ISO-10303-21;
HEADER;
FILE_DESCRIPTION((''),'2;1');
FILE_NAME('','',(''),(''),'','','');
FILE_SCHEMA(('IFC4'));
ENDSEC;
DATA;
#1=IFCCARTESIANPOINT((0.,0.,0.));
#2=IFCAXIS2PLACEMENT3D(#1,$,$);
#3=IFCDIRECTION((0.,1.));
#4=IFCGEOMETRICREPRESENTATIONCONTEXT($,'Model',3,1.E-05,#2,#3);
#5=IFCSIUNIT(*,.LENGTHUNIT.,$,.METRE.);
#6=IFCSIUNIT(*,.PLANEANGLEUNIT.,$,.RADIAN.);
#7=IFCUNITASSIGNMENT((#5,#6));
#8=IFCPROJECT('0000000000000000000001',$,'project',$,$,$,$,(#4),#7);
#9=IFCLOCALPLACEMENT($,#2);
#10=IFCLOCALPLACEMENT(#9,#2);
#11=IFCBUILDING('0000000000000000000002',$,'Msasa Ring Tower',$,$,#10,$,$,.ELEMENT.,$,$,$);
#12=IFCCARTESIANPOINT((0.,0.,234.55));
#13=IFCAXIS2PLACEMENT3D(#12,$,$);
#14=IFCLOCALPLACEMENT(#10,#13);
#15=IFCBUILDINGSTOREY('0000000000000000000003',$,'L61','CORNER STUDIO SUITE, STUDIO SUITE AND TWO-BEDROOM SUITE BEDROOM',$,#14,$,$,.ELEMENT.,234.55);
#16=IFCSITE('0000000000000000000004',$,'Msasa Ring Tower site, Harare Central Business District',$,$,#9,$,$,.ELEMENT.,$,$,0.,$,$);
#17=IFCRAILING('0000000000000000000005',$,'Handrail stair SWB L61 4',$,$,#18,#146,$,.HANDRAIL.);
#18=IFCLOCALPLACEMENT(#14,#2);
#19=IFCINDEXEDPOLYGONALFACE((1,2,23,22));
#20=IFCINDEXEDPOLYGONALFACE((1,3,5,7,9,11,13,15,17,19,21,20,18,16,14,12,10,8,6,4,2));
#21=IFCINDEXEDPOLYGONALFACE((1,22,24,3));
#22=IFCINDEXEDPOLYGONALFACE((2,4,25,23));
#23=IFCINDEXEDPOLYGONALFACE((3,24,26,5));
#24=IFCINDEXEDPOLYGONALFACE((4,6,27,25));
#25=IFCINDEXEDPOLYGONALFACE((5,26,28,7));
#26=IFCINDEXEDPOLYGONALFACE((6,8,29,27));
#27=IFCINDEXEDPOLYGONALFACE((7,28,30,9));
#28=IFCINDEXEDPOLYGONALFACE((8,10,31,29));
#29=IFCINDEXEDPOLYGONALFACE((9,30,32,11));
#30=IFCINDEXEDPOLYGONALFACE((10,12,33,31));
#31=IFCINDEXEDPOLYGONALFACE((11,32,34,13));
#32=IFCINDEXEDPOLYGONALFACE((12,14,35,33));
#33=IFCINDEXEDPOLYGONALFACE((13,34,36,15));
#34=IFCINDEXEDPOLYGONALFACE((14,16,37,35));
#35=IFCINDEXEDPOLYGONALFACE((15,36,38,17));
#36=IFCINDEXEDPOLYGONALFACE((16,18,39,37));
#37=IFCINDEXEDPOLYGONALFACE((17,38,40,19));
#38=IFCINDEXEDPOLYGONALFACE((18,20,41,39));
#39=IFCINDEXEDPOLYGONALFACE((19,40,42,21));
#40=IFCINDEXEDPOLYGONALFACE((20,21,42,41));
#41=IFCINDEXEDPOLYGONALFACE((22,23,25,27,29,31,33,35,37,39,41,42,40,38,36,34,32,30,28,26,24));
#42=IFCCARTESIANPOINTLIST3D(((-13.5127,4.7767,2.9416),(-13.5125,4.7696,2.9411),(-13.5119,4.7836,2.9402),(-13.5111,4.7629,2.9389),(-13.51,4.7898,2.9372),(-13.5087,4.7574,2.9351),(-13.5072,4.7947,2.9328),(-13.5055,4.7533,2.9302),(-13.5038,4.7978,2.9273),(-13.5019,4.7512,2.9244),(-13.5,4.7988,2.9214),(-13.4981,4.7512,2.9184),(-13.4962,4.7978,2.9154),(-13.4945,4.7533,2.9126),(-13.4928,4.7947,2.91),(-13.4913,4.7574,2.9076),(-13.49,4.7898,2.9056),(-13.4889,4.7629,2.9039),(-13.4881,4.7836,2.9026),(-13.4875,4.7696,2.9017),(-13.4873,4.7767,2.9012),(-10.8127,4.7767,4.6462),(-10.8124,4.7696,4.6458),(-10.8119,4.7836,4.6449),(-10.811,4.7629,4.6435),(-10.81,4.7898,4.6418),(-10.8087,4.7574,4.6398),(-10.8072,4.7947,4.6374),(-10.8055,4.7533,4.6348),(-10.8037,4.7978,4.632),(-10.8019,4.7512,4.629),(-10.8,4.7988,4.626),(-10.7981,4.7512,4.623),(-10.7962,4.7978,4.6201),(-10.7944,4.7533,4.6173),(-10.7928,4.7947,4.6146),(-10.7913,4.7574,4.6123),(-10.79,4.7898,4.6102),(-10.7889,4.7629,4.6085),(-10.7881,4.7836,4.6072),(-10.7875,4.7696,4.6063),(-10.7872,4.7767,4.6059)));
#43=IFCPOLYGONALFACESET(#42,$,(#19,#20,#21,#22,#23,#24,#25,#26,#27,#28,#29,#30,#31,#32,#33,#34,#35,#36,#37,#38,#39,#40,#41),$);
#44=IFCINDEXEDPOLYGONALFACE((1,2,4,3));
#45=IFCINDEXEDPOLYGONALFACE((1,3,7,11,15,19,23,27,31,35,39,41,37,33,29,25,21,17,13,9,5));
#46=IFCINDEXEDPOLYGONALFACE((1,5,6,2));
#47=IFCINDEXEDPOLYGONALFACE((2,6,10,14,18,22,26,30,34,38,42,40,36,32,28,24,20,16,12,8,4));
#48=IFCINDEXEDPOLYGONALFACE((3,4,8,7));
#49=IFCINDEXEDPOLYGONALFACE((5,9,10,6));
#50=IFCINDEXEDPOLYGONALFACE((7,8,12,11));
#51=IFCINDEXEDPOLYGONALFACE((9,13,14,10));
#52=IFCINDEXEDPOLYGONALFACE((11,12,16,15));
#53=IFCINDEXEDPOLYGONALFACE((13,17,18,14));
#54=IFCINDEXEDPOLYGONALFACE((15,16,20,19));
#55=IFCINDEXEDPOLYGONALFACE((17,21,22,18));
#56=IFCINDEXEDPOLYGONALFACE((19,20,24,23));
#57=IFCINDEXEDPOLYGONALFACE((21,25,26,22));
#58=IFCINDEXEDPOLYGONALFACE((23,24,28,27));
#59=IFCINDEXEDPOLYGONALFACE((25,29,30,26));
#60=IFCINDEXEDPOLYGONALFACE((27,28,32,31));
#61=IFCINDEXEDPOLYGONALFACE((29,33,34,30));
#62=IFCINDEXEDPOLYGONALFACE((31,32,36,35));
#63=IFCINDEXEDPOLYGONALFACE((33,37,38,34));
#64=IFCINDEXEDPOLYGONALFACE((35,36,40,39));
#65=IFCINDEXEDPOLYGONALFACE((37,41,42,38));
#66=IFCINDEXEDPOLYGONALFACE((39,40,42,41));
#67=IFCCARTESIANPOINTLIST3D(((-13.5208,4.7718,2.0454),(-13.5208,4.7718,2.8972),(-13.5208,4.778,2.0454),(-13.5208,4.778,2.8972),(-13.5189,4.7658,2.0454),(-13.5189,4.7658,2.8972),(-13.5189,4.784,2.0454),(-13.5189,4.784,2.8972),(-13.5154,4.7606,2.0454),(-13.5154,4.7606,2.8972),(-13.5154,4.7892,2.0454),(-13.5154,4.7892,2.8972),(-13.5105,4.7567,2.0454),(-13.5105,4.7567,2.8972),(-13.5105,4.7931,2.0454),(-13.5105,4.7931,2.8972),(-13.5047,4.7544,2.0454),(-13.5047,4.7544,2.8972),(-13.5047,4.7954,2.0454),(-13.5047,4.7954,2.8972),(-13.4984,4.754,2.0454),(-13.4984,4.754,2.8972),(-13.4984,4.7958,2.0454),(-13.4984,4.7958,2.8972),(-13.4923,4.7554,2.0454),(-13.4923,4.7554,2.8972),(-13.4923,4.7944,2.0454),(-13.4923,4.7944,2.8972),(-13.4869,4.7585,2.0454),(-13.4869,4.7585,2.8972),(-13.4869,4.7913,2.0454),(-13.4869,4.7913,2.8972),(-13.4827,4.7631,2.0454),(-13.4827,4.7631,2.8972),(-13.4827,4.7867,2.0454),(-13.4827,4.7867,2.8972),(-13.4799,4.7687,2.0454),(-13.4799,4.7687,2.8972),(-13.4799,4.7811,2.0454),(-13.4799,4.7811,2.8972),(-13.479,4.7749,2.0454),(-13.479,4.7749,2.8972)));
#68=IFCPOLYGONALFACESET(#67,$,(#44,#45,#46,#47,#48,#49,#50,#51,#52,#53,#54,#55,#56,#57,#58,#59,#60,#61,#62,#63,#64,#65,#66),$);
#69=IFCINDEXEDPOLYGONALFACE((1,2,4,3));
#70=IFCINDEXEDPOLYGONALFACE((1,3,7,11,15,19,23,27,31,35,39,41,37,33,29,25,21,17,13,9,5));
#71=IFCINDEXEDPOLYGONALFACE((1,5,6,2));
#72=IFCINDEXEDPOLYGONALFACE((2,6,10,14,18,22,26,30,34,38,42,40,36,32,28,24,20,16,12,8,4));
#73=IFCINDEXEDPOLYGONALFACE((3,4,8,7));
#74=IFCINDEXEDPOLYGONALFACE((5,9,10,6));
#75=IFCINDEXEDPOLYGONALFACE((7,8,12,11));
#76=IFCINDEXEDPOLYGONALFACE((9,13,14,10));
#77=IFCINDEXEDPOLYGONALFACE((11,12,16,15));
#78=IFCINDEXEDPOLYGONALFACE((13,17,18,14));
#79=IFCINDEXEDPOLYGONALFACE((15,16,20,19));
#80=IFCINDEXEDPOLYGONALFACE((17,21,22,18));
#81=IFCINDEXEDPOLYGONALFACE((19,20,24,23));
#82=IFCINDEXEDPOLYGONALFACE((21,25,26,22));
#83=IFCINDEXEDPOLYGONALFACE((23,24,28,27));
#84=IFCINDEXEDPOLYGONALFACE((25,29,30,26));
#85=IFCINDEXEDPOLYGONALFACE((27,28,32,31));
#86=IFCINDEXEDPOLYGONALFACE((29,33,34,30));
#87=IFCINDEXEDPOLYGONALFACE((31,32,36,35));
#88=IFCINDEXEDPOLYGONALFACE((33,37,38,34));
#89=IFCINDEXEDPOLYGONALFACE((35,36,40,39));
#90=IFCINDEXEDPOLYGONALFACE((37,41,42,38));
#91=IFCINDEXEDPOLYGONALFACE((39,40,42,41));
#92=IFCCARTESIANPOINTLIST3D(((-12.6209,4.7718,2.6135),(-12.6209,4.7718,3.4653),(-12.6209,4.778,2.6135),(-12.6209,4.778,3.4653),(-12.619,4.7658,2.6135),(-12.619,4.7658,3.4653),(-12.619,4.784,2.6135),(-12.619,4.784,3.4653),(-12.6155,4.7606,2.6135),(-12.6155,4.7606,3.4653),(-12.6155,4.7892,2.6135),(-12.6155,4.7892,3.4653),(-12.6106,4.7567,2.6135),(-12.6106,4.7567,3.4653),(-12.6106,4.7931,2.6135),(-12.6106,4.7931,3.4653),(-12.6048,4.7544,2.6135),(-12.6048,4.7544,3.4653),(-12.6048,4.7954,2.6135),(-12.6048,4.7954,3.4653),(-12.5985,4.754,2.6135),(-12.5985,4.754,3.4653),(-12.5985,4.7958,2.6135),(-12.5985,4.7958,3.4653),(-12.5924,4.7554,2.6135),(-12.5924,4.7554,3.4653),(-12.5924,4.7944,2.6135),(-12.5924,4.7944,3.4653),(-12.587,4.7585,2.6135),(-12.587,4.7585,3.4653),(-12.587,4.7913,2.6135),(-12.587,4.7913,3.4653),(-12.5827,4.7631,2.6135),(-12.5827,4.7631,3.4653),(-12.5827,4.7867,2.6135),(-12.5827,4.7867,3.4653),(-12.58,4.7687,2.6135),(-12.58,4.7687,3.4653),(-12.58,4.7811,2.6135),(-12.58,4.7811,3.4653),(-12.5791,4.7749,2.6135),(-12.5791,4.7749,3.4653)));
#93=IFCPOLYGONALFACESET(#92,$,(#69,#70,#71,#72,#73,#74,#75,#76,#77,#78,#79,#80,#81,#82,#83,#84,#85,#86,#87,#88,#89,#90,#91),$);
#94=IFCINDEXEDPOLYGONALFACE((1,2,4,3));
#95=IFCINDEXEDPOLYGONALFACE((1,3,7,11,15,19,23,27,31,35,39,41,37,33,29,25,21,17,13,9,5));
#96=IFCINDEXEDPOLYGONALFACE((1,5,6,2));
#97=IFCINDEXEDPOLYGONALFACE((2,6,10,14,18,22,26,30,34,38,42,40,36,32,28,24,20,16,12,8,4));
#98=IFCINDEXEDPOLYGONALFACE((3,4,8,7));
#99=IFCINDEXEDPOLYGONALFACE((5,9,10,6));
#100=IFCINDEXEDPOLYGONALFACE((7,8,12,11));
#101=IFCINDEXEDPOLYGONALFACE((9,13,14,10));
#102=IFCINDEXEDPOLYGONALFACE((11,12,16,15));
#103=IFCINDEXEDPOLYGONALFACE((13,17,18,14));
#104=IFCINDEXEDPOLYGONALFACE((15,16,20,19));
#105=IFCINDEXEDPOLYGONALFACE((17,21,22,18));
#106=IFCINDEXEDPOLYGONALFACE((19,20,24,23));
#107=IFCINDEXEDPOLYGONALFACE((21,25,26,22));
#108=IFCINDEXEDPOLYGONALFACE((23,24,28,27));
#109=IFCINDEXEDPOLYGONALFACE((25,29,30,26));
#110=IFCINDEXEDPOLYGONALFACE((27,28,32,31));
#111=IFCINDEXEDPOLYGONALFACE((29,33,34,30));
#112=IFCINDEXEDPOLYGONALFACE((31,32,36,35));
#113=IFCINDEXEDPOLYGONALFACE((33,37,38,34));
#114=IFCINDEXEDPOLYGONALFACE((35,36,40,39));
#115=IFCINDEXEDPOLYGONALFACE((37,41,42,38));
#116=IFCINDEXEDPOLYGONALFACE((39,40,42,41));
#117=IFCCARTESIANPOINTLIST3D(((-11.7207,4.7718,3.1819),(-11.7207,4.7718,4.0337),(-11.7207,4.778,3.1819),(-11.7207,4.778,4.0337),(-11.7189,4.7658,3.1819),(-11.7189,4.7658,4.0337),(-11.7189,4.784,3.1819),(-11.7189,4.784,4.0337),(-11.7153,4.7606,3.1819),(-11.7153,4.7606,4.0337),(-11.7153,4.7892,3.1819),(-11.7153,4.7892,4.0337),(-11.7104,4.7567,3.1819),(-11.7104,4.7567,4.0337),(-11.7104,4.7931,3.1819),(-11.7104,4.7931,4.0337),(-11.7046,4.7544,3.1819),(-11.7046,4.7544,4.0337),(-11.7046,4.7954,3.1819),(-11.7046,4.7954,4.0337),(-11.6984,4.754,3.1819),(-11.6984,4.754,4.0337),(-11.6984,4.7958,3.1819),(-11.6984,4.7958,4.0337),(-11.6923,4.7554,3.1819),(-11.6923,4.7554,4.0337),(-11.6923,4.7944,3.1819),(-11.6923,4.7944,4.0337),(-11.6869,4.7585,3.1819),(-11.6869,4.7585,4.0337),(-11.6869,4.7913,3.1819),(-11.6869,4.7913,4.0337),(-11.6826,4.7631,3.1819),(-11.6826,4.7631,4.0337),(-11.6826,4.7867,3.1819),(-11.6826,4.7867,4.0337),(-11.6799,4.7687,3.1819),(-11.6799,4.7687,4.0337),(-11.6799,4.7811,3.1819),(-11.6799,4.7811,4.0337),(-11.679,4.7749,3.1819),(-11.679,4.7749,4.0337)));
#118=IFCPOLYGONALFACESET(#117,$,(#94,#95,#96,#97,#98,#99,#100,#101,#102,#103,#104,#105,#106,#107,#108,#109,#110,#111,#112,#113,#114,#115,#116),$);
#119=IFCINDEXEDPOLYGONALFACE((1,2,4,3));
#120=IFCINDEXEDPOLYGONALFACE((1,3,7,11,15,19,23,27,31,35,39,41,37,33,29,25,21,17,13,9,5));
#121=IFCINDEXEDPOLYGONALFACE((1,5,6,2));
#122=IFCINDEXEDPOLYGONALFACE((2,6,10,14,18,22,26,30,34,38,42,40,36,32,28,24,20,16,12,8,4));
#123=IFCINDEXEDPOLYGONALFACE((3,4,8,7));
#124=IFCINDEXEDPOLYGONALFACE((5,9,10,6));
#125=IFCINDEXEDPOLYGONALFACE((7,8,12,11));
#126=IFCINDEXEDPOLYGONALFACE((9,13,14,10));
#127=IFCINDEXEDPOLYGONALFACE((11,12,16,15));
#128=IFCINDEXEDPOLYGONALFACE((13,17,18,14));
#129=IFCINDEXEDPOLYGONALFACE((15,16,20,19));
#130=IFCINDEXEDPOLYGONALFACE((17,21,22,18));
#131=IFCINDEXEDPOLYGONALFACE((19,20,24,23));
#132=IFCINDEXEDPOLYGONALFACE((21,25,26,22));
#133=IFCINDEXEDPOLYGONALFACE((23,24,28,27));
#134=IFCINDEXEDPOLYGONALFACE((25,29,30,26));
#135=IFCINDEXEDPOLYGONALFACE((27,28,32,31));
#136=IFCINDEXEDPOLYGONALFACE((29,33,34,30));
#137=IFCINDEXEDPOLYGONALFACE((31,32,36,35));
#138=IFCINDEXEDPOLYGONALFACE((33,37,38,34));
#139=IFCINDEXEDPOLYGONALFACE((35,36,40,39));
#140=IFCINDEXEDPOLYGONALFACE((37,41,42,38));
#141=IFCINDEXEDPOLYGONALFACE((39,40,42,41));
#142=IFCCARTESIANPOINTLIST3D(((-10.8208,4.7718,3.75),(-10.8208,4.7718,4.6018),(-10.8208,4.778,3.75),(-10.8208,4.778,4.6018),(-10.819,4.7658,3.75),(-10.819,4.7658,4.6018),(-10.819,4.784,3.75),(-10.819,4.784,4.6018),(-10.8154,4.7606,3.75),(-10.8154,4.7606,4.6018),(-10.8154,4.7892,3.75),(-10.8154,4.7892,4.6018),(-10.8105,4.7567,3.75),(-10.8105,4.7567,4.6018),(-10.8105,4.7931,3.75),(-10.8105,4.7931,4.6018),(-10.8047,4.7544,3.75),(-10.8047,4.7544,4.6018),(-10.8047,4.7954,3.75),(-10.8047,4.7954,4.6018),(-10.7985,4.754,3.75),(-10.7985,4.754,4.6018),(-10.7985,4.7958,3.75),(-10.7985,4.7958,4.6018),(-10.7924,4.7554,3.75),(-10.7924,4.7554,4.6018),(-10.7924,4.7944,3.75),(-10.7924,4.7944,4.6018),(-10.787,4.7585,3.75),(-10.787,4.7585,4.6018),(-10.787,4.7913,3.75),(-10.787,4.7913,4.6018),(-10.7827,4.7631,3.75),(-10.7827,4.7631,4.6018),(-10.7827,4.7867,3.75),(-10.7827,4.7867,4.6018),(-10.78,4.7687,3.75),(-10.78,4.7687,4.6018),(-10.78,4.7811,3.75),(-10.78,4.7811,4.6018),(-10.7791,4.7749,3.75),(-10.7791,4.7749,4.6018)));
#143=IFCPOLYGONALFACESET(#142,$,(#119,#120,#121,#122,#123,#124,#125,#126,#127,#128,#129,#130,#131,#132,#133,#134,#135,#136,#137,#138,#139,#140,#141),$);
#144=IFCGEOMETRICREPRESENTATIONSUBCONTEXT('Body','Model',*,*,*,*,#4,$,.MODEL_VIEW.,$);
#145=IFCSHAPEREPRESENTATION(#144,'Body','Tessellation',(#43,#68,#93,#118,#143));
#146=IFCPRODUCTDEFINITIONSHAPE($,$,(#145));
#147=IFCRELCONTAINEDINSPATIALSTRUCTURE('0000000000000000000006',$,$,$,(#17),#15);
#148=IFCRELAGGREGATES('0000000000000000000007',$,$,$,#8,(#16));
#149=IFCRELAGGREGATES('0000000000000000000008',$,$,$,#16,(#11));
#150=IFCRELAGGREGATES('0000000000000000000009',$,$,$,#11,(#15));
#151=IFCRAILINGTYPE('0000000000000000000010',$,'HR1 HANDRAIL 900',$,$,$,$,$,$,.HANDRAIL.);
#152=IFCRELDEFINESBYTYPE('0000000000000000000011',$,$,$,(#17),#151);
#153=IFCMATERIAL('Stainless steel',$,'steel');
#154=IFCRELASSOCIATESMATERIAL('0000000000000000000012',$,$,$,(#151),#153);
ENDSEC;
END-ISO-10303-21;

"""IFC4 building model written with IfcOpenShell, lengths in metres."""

from ifc_helpers import new_model, si_unit, direction, frame, origin, origin_2d, place, context, subcontext, project, spatial, circle, extrude, material, type_object, element, save


model = new_model("IFC4")

# Units and contexts
model_context = context("Model", 3, precision=1e-05, world=origin(), true_north=direction((0.0, 1.0)))
body_context = subcontext(model_context, "Body", "Model", "MODEL_VIEW")
ifc_project = project(units=[si_unit("LENGTHUNIT", "METRE"), si_unit("PLANEANGLEUNIT", "RADIAN")], contexts=[model_context])

# Site, building, storey
site_placement = place(None, origin())
site = spatial("IfcSite", under=ifc_project, at=site_placement, Name="Msasa Ring Tower site, Harare Central Business District", CompositionType="ELEMENT", RefElevation=0.0)
building_placement = place(site_placement, origin())
building = spatial("IfcBuilding", under=site, at=building_placement, Name="Msasa Ring Tower", CompositionType="ELEMENT")
storey_placement = place(building_placement, frame((0.0, 0.0, 234.55)))
storey = spatial("IfcBuildingStorey", under=building, at=storey_placement, Name="L61", Description="CORNER STUDIO SUITE, STUDIO SUITE AND TWO-BEDROOM SUITE BEDROOM", CompositionType="ELEMENT", Elevation=234.55)

# Railing
ifc_material_1 = material(Name="Stainless steel", Category="steel")
railing_type = type_object("IfcRailingType", Name="HR1 HANDRAIL 900", PredefinedType="HANDRAIL", material=ifc_material_1)
for number, where, name in (
    (1, (-13.5, 4.7749, 2.0454), "Handrail stair SWB L61 4"),
):
    element("IfcRailing", number, at=place(storey_placement, frame(where)), inside=storey, type_object=railing_type, Name=name, PredefinedType="HANDRAIL", context=body_context, shape_type="SweptSolid", body=[
        extrude(circle(Radius=0.0239, at=origin_2d()), frame((0.0, 0.0, 0.876), z_axis=(0.84558, 0.0, 0.533849), x_axis=(0.0, 1.0, 0.0)), (0.0, 0.0, 1.0), 3.1931),
        extrude(circle(Radius=0.021, at=origin_2d()), origin(), (0.0, 0.0, 1.0), 0.8518),
        extrude(circle(Radius=0.021, at=origin_2d()), frame((0.8999, 0.0, 0.5681)), (0.0, 0.0, 1.0), 0.8518),
        extrude(circle(Radius=0.021, at=origin_2d()), frame((1.8, 0.0, 1.1365)), (0.0, 0.0, 1.0), 0.8518),
        extrude(circle(Radius=0.021, at=origin_2d()), frame((2.7, 0.0, 1.7046)), (0.0, 0.0, 1.0), 0.8518),
    ])

save(model, "model.ifc")
